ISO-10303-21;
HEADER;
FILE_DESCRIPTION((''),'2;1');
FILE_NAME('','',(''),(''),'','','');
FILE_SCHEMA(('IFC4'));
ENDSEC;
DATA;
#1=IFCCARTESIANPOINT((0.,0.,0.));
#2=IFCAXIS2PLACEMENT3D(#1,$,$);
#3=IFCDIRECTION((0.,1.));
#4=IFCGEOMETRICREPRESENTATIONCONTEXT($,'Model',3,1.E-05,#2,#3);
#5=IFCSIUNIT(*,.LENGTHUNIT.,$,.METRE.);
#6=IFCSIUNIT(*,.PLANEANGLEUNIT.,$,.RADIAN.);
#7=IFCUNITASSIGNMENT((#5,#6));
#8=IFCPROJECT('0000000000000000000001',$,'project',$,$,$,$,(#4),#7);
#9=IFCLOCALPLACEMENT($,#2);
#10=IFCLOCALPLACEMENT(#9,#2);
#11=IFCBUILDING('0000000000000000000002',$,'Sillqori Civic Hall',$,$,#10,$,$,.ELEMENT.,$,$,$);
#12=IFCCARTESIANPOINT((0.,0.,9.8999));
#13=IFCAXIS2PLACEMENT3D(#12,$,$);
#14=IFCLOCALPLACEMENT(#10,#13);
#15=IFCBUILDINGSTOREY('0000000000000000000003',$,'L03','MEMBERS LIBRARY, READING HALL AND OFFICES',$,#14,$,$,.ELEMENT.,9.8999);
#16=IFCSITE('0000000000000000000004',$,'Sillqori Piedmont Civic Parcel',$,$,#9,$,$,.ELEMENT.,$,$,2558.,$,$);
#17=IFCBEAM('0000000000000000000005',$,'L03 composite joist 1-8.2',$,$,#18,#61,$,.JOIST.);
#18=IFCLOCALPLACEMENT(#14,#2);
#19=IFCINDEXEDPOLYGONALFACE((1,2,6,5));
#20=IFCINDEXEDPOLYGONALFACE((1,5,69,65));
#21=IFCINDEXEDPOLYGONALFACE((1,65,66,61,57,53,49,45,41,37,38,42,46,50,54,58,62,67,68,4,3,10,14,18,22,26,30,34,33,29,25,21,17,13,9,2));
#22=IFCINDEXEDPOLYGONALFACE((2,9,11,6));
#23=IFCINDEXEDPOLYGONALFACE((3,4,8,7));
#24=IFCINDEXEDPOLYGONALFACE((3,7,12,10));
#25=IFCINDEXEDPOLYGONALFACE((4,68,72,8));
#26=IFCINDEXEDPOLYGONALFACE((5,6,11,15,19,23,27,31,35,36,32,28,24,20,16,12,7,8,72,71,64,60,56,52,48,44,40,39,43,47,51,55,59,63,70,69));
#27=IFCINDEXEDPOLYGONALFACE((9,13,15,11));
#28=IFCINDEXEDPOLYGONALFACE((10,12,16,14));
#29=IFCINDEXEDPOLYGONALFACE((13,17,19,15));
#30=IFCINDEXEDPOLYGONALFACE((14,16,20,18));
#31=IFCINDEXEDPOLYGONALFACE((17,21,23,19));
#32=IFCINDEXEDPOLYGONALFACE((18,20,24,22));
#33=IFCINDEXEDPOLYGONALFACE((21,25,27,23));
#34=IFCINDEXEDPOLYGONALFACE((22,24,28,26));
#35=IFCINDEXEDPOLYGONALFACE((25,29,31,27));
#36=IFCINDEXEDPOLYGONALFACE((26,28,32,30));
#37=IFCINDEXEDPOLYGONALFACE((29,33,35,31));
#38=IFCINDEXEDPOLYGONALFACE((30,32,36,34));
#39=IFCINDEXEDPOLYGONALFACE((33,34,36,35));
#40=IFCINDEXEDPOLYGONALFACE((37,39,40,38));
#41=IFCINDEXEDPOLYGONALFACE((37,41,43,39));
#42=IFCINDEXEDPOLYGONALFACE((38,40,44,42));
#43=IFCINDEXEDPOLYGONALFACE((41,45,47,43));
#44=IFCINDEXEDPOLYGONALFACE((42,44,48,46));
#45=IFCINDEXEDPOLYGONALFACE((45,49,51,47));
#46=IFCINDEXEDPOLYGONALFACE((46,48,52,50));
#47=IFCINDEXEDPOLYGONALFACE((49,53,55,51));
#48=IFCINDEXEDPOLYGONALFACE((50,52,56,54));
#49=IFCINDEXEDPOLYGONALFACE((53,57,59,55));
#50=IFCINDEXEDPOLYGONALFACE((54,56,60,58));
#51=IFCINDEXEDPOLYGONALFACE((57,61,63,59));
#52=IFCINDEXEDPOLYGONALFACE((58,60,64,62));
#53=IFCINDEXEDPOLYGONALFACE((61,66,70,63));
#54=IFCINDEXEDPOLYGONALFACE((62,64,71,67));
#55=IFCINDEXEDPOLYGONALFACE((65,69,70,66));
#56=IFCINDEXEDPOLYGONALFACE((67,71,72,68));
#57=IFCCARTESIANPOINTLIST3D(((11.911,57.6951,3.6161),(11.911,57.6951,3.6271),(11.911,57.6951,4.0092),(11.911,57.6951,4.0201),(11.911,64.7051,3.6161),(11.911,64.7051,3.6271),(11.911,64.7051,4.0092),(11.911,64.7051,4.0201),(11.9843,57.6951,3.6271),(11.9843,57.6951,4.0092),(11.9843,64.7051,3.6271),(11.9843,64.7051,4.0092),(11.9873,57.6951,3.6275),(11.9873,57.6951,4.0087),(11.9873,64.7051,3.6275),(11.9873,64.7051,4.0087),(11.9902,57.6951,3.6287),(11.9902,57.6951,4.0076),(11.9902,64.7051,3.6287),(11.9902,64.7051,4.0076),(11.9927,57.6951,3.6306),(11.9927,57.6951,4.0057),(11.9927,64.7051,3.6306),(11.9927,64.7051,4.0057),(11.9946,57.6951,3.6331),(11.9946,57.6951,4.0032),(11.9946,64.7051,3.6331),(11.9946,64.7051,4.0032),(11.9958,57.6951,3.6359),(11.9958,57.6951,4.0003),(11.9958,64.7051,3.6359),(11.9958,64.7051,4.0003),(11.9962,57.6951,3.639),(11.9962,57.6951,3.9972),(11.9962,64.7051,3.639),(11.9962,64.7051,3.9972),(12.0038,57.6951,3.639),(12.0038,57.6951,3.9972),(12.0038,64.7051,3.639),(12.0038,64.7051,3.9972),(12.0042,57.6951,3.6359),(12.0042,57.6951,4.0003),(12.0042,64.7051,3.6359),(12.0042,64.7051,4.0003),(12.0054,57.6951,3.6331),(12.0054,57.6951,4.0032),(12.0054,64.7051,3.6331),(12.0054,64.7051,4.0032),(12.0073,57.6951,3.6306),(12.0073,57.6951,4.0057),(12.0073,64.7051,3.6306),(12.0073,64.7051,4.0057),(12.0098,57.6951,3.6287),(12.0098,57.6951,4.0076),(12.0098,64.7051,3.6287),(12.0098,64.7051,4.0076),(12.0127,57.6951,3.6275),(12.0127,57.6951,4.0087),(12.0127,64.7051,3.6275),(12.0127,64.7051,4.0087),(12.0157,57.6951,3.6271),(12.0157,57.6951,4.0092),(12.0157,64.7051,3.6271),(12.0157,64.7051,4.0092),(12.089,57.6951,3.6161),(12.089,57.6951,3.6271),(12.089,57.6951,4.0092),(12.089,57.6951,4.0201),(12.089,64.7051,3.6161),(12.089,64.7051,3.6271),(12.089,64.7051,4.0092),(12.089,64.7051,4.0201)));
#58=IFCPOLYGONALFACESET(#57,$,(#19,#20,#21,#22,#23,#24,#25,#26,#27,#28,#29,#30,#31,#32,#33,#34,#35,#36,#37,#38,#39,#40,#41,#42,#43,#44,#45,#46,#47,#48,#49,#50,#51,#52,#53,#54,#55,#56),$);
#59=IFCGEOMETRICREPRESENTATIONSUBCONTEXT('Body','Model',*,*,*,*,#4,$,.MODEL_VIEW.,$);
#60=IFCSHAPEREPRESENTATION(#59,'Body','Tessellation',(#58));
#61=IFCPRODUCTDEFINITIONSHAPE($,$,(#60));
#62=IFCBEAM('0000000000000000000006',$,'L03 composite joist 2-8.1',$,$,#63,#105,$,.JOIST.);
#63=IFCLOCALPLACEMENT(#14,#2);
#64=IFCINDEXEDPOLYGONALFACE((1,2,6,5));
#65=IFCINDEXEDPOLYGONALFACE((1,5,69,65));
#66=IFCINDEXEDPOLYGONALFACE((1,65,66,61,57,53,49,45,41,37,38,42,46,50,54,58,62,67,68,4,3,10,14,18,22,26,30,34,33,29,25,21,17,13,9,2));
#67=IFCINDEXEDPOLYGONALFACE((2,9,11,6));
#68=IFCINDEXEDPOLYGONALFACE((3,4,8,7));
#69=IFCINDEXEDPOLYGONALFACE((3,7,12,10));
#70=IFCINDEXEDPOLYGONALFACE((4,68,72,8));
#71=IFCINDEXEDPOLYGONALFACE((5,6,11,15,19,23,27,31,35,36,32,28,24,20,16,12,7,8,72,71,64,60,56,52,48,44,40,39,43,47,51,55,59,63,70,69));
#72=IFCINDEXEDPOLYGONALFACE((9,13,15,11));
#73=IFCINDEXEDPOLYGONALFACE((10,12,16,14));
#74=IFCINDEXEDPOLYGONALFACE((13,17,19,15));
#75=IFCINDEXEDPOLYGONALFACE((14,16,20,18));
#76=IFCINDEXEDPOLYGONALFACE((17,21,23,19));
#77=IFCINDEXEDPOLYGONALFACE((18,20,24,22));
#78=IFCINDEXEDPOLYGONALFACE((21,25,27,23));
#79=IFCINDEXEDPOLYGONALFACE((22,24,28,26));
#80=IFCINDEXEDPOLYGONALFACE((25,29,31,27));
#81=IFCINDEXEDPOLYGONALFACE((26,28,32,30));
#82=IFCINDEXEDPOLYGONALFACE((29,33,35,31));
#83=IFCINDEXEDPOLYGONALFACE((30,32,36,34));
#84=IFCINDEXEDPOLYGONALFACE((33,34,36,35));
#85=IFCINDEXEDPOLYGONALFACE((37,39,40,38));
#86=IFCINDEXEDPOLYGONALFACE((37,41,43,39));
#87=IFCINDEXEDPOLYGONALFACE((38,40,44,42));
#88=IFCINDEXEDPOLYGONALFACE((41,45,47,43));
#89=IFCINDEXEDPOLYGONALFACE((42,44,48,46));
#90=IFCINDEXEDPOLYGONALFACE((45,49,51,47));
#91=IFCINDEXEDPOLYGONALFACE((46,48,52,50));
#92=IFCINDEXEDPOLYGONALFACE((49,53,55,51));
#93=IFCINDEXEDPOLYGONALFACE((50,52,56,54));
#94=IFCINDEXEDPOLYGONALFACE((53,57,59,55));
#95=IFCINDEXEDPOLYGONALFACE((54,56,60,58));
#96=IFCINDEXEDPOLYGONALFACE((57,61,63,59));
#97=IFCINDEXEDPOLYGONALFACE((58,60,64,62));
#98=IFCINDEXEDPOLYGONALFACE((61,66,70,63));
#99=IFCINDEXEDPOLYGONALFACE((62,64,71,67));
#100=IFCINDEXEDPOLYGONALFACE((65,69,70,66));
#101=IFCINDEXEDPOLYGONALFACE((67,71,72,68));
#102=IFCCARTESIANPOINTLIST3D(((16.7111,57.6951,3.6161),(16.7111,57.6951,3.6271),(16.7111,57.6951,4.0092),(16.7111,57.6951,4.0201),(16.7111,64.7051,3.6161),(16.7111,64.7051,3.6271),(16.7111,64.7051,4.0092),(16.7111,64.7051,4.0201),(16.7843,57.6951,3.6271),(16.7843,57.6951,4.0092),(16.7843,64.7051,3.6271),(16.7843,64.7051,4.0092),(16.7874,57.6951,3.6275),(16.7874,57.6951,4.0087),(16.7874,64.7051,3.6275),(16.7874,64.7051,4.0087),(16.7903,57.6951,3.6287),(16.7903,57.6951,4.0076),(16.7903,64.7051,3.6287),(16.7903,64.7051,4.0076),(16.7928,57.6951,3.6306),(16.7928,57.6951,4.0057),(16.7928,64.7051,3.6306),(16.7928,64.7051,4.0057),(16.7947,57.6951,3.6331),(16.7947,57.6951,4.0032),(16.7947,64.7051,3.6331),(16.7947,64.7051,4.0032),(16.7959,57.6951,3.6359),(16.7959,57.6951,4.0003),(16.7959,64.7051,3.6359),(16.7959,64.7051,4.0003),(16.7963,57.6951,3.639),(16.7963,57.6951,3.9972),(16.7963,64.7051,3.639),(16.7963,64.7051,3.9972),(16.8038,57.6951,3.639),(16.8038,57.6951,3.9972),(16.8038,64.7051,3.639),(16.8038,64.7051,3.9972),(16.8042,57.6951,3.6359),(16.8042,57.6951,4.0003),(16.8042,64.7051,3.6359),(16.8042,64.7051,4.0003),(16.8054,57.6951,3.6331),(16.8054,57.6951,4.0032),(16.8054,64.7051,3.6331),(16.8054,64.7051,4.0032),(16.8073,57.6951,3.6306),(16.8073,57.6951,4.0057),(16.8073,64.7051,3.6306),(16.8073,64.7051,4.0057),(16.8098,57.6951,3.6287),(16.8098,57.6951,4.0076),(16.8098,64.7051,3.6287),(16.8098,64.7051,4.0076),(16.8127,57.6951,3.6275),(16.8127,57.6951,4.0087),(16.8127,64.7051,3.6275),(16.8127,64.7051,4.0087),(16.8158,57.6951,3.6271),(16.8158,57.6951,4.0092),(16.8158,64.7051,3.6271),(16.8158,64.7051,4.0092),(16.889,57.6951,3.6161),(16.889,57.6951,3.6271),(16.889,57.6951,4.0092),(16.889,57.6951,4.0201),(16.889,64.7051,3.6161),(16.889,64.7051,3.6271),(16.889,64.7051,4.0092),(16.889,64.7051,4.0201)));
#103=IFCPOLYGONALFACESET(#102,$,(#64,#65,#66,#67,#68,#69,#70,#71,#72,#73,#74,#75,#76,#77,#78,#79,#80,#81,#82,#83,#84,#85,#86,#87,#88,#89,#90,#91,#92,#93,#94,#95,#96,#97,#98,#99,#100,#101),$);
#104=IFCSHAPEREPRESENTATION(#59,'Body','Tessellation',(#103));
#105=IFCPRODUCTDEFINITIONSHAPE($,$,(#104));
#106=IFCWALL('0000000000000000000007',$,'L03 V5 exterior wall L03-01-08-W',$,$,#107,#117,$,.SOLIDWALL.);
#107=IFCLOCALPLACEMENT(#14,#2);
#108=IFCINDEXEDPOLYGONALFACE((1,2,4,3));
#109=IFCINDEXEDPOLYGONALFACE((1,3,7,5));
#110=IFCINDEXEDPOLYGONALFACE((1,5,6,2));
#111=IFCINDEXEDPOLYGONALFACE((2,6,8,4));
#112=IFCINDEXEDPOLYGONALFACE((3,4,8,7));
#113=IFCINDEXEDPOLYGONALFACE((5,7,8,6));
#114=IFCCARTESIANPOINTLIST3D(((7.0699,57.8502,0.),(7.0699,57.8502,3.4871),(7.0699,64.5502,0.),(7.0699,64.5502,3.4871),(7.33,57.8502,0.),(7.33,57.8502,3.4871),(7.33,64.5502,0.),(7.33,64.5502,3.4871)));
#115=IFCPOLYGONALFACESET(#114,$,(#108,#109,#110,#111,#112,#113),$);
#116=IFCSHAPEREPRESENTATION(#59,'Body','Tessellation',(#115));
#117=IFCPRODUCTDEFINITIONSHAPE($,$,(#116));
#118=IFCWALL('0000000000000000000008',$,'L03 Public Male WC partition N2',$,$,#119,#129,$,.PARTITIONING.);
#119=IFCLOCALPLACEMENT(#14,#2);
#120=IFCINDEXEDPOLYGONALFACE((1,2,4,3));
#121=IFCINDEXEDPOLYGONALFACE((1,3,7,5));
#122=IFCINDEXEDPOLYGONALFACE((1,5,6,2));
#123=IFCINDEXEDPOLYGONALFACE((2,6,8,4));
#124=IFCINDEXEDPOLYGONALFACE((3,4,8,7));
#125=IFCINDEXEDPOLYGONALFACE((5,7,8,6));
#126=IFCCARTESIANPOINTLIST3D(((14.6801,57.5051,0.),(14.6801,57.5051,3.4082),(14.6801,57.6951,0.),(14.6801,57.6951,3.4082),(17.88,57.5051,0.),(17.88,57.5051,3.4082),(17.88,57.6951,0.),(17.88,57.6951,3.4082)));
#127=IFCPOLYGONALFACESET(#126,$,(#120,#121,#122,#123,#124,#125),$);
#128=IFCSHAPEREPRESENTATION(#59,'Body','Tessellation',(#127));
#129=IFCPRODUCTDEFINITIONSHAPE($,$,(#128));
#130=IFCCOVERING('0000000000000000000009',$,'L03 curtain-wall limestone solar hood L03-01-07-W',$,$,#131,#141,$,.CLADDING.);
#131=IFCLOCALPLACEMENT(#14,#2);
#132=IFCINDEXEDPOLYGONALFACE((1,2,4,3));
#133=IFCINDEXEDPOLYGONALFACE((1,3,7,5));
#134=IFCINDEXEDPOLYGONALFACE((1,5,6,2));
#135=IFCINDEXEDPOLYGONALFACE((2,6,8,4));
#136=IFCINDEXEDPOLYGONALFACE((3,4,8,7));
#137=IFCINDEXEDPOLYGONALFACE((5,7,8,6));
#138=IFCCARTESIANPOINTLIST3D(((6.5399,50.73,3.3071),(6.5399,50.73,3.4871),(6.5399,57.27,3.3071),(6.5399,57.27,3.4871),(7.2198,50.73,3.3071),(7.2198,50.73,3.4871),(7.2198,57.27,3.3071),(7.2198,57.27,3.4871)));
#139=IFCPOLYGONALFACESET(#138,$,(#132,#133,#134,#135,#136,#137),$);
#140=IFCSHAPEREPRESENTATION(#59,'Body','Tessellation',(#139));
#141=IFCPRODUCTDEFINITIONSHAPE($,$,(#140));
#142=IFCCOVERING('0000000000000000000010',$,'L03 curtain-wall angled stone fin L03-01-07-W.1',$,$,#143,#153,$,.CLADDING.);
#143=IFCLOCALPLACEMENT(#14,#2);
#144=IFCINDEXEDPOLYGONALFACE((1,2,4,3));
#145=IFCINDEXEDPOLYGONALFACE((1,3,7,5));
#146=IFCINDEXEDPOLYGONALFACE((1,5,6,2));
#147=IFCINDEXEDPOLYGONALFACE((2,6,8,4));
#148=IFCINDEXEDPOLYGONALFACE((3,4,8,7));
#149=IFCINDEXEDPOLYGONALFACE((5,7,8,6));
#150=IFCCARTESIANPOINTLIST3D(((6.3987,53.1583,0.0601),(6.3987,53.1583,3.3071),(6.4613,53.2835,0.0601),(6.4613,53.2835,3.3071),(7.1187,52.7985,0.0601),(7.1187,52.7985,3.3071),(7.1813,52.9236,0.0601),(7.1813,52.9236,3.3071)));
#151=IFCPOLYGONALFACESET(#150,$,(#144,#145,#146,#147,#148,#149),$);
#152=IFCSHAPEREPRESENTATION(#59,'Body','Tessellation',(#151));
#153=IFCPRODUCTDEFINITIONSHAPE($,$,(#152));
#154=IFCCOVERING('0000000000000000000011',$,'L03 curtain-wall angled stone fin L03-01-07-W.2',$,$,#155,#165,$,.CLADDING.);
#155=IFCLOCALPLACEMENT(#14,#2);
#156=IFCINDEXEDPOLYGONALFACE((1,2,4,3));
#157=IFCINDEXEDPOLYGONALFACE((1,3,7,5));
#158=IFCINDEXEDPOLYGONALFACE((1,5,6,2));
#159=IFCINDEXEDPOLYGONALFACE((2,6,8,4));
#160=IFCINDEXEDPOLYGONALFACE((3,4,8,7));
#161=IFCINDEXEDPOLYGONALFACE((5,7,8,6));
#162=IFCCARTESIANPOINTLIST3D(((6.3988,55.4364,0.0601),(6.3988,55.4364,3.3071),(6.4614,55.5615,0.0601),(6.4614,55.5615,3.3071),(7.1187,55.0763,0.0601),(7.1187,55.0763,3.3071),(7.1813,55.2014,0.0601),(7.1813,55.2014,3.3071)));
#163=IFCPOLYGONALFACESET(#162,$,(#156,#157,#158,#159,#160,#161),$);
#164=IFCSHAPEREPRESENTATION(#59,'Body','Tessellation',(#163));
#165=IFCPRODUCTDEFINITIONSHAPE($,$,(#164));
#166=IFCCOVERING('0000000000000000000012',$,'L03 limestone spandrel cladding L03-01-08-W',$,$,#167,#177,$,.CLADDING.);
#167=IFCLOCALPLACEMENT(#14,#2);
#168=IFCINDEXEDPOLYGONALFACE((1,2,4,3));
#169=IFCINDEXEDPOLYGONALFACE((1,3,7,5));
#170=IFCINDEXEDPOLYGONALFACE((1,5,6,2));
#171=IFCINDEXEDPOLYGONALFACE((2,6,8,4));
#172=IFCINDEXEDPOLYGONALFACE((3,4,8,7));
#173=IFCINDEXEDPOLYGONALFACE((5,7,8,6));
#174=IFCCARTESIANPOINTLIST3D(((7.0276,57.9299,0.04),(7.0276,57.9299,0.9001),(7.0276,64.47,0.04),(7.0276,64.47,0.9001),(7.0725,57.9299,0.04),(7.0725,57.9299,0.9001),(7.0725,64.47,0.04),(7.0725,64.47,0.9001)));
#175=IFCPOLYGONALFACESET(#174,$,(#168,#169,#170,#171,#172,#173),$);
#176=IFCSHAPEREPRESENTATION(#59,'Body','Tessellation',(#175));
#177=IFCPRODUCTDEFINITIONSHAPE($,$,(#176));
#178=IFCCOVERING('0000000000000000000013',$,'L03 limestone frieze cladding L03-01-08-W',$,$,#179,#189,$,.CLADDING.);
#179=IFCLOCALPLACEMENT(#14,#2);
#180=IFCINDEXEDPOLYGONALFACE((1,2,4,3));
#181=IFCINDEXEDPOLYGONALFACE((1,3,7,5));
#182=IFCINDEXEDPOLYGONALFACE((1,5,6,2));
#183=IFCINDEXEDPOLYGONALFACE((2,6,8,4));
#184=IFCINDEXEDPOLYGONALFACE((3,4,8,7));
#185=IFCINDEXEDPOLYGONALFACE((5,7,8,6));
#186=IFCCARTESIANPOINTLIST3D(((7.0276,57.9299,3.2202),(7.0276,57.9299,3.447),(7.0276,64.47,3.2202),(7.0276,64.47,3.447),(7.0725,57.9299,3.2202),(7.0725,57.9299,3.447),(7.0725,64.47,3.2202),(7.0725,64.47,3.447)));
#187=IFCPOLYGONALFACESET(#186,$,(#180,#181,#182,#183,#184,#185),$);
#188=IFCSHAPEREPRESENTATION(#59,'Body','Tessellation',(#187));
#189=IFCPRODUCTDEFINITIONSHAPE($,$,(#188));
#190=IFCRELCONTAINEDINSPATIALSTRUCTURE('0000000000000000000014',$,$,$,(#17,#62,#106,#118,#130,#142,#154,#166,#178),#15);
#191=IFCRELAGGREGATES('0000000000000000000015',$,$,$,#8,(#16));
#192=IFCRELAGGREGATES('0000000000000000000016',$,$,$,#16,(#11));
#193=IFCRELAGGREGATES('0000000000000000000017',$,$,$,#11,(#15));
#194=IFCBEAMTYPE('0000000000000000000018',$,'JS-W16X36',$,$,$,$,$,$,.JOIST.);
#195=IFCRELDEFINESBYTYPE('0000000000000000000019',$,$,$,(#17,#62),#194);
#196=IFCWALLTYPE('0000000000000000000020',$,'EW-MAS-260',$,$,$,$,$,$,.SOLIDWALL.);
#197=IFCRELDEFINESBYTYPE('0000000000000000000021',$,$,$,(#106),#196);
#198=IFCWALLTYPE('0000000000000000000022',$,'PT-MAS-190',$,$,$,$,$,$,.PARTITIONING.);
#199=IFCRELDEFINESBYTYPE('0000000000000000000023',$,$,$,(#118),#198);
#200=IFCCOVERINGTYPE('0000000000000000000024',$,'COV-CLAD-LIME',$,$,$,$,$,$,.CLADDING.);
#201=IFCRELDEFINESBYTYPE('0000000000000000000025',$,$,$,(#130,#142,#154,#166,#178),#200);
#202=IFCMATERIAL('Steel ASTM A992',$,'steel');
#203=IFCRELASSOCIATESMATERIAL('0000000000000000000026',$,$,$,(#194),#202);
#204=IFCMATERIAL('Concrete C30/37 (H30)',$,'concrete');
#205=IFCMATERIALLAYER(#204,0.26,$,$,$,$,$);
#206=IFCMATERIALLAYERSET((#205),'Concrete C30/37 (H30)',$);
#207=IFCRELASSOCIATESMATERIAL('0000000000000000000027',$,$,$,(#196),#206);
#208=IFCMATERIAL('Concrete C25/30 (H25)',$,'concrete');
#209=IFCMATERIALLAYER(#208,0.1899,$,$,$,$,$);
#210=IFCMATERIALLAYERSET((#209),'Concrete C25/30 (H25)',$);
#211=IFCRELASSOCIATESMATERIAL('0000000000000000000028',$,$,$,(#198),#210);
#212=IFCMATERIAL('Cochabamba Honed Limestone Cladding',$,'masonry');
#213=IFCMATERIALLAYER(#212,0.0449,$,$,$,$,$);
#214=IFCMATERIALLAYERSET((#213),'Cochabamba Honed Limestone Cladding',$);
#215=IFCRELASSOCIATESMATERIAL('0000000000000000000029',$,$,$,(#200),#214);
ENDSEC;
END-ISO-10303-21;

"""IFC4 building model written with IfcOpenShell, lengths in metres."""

from ifc_helpers import new_model, si_unit, direction, frame, frame_2d, origin, origin_2d, place, context, subcontext, project, spatial, rectangle, i_section, extrude, material, layer, layer_set, material_profile, profile_set, type_object, element, save


model = new_model("IFC4")

# Units and contexts
model_context = context("Model", 3, precision=1e-05, world=origin(), true_north=direction((0.0, 1.0)))
body_context = subcontext(model_context, "Body", "Model", "MODEL_VIEW")
ifc_project = project(units=[si_unit("LENGTHUNIT", "METRE"), si_unit("PLANEANGLEUNIT", "RADIAN")], contexts=[model_context])

# Site, building, storey
site_placement = place(None, origin())
site = spatial("IfcSite", under=ifc_project, at=site_placement, Name="Sillqori Piedmont Civic Parcel", CompositionType="ELEMENT", RefElevation=2558.0)
building_placement = place(site_placement, origin())
building = spatial("IfcBuilding", under=site, at=building_placement, Name="Sillqori Civic Hall", CompositionType="ELEMENT")
storey_placement = place(building_placement, frame((0.0, 0.0, 9.8999)))
storey = spatial("IfcBuildingStorey", under=building, at=storey_placement, Name="L03", Description="MEMBERS LIBRARY, READING HALL AND OFFICES", CompositionType="ELEMENT", Elevation=9.8999)

# Shared definitions
ifc_material_1 = material(Name="Steel ASTM A992", Category="steel")

# Beams
ifc_material_profile_1 = material_profile(ifc_material_1, i_section(OverallWidth=0.178, OverallDepth=0.4041, WebThickness=0.0076, FlangeThickness=0.011, FilletRadius=0.012, at=origin_2d()), Name="W16X36")
ifc_profile_set_1 = profile_set([ifc_material_profile_1], Name="Steel ASTM A992")
beam_type_1 = type_object("IfcBeamType", Name="JS-W16X36", PredefinedType="JOIST", material=ifc_profile_set_1)
for number, where, z_axis, x_axis, name in (
    (1, (12.0, 57.6951, 3.8181), (0.0, 1.0, 0.0), (-1.0, 0.0, 0.0), "L03 composite joist 1-8.2"),
    (2, (16.8, 57.6951, 3.8181), (0.0, 1.0, 0.0), (-1.0, 0.0, 0.0), "L03 composite joist 2-8.1"),
):
    element("IfcBeam", number, at=place(storey_placement, frame(where, z_axis=z_axis, x_axis=x_axis)), inside=storey, type_object=beam_type_1, Name=name, PredefinedType="JOIST", context=body_context, shape_type="SweptSolid", body=[
        extrude(i_section(OverallWidth=0.178, OverallDepth=0.4041, WebThickness=0.0076, FlangeThickness=0.011, FilletRadius=0.012, at=origin_2d()), origin(), (0.0, 0.0, 1.0), 7.01),
    ])

# Walls
ifc_material_2 = material(Name="Concrete C30/37 (H30)", Category="concrete")
ifc_layer_1 = layer(ifc_material_2, 0.26)
ifc_layer_set_1 = layer_set([ifc_layer_1], Name="Concrete C30/37 (H30)")
wall_type_1 = type_object("IfcWallType", Name="EW-MAS-260", PredefinedType="SOLIDWALL", material=ifc_layer_set_1)
wall_1_placement = place(storey_placement, frame((7.2, 57.8501, 0.0), z_axis=(0.0, 0.0, 1.0), x_axis=(0.0, 1.0, 0.0)))
element("IfcWall", 3, at=wall_1_placement, inside=storey, type_object=wall_type_1, Name="L03 V5 exterior wall L03-01-08-W", PredefinedType="SOLIDWALL", context=body_context, shape_type="SweptSolid", body=[
    extrude(rectangle(XDim=6.7, YDim=0.26, at=frame_2d((3.3501, 0.0))), origin(), (0.0, 0.0, 1.0), 3.4871),
])
ifc_material_3 = material(Name="Concrete C25/30 (H25)", Category="concrete")
ifc_layer_2 = layer(ifc_material_3, 0.1899)
ifc_layer_set_2 = layer_set([ifc_layer_2], Name="Concrete C25/30 (H25)")
wall_type_2 = type_object("IfcWallType", Name="PT-MAS-190", PredefinedType="PARTITIONING", material=ifc_layer_set_2)
wall_2_placement = place(storey_placement, frame((14.6799, 57.6001, 0.0), z_axis=(0.0, 0.0, 1.0), x_axis=(1.0, 0.0, 0.0)))
element("IfcWall", 4, at=wall_2_placement, inside=storey, type_object=wall_type_2, Name="L03 Public Male WC partition N2", PredefinedType="PARTITIONING", context=body_context, shape_type="SweptSolid", body=[
    extrude(rectangle(XDim=3.2, YDim=0.1899, at=frame_2d((1.6001, 0.0))), origin(), (0.0, 0.0, 1.0), 3.4082),
])

# Coverings
ifc_material_4 = material(Name="Cochabamba Honed Limestone Cladding", Category="masonry")
ifc_layer_3 = layer(ifc_material_4, 0.0449)
ifc_layer_set_3 = layer_set([ifc_layer_3], Name="Cochabamba Honed Limestone Cladding")
covering_type = type_object("IfcCoveringType", Name="COV-CLAD-LIME", PredefinedType="CLADDING", material=ifc_layer_set_3)
covering_1_placement = place(storey_placement, frame((6.8799, 50.73, 3.3071), z_axis=(0.0, 0.0, 1.0), x_axis=(0.0, 1.0, 0.0)))
element("IfcCovering", 5, at=covering_1_placement, inside=storey, type_object=covering_type, Name="L03 curtain-wall limestone solar hood L03-01-07-W", PredefinedType="CLADDING", context=body_context, shape_type="SweptSolid", body=[
    extrude(rectangle(XDim=6.54, YDim=0.6799, at=frame_2d((3.27, 0.0))), origin(), (0.0, 0.0, 1.0), 0.1799),
])
for number, where, z_axis, x_axis, name in (
    (6, (7.1499, 52.8611, 0.0601), (0.0, 0.0, 1.0), (-0.894488, 0.447092, 0.0), "L03 curtain-wall angled stone fin L03-01-07-W.1"),
    (7, (7.1499, 55.1389, 0.0601), (0.0, 0.0, 1.0), (-0.894367, 0.447335, 0.0), "L03 curtain-wall angled stone fin L03-01-07-W.2"),
):
    element("IfcCovering", number, at=place(storey_placement, frame(where, z_axis=z_axis, x_axis=x_axis)), inside=storey, type_object=covering_type, Name=name, PredefinedType="CLADDING", context=body_context, shape_type="SweptSolid", body=[
        extrude(rectangle(XDim=0.8049, YDim=0.1399, at=frame_2d((0.4023, 0.0))), origin(), (0.0, 0.0, 1.0), 3.2471),
    ])
covering_2_placement = place(storey_placement, frame((7.05, 57.9299, 0.04), z_axis=(0.0, 0.0, 1.0), x_axis=(0.0, 1.0, 0.0)))
element("IfcCovering", 8, at=covering_2_placement, inside=storey, type_object=covering_type, Name="L03 limestone spandrel cladding L03-01-08-W", PredefinedType="CLADDING", context=body_context, shape_type="SweptSolid", body=[
    extrude(rectangle(XDim=6.54, YDim=0.0449, at=frame_2d((3.27, 0.0))), origin(), (0.0, 0.0, 1.0), 0.8601),
])
covering_3_placement = place(storey_placement, frame((7.05, 57.9299, 3.2202), z_axis=(0.0, 0.0, 1.0), x_axis=(0.0, 1.0, 0.0)))
element("IfcCovering", 9, at=covering_3_placement, inside=storey, type_object=covering_type, Name="L03 limestone frieze cladding L03-01-08-W", PredefinedType="CLADDING", context=body_context, shape_type="SweptSolid", body=[
    extrude(rectangle(XDim=6.54, YDim=0.0449, at=frame_2d((3.27, 0.0))), origin(), (0.0, 0.0, 1.0), 0.2268),
])

save(model, "model.ifc")
